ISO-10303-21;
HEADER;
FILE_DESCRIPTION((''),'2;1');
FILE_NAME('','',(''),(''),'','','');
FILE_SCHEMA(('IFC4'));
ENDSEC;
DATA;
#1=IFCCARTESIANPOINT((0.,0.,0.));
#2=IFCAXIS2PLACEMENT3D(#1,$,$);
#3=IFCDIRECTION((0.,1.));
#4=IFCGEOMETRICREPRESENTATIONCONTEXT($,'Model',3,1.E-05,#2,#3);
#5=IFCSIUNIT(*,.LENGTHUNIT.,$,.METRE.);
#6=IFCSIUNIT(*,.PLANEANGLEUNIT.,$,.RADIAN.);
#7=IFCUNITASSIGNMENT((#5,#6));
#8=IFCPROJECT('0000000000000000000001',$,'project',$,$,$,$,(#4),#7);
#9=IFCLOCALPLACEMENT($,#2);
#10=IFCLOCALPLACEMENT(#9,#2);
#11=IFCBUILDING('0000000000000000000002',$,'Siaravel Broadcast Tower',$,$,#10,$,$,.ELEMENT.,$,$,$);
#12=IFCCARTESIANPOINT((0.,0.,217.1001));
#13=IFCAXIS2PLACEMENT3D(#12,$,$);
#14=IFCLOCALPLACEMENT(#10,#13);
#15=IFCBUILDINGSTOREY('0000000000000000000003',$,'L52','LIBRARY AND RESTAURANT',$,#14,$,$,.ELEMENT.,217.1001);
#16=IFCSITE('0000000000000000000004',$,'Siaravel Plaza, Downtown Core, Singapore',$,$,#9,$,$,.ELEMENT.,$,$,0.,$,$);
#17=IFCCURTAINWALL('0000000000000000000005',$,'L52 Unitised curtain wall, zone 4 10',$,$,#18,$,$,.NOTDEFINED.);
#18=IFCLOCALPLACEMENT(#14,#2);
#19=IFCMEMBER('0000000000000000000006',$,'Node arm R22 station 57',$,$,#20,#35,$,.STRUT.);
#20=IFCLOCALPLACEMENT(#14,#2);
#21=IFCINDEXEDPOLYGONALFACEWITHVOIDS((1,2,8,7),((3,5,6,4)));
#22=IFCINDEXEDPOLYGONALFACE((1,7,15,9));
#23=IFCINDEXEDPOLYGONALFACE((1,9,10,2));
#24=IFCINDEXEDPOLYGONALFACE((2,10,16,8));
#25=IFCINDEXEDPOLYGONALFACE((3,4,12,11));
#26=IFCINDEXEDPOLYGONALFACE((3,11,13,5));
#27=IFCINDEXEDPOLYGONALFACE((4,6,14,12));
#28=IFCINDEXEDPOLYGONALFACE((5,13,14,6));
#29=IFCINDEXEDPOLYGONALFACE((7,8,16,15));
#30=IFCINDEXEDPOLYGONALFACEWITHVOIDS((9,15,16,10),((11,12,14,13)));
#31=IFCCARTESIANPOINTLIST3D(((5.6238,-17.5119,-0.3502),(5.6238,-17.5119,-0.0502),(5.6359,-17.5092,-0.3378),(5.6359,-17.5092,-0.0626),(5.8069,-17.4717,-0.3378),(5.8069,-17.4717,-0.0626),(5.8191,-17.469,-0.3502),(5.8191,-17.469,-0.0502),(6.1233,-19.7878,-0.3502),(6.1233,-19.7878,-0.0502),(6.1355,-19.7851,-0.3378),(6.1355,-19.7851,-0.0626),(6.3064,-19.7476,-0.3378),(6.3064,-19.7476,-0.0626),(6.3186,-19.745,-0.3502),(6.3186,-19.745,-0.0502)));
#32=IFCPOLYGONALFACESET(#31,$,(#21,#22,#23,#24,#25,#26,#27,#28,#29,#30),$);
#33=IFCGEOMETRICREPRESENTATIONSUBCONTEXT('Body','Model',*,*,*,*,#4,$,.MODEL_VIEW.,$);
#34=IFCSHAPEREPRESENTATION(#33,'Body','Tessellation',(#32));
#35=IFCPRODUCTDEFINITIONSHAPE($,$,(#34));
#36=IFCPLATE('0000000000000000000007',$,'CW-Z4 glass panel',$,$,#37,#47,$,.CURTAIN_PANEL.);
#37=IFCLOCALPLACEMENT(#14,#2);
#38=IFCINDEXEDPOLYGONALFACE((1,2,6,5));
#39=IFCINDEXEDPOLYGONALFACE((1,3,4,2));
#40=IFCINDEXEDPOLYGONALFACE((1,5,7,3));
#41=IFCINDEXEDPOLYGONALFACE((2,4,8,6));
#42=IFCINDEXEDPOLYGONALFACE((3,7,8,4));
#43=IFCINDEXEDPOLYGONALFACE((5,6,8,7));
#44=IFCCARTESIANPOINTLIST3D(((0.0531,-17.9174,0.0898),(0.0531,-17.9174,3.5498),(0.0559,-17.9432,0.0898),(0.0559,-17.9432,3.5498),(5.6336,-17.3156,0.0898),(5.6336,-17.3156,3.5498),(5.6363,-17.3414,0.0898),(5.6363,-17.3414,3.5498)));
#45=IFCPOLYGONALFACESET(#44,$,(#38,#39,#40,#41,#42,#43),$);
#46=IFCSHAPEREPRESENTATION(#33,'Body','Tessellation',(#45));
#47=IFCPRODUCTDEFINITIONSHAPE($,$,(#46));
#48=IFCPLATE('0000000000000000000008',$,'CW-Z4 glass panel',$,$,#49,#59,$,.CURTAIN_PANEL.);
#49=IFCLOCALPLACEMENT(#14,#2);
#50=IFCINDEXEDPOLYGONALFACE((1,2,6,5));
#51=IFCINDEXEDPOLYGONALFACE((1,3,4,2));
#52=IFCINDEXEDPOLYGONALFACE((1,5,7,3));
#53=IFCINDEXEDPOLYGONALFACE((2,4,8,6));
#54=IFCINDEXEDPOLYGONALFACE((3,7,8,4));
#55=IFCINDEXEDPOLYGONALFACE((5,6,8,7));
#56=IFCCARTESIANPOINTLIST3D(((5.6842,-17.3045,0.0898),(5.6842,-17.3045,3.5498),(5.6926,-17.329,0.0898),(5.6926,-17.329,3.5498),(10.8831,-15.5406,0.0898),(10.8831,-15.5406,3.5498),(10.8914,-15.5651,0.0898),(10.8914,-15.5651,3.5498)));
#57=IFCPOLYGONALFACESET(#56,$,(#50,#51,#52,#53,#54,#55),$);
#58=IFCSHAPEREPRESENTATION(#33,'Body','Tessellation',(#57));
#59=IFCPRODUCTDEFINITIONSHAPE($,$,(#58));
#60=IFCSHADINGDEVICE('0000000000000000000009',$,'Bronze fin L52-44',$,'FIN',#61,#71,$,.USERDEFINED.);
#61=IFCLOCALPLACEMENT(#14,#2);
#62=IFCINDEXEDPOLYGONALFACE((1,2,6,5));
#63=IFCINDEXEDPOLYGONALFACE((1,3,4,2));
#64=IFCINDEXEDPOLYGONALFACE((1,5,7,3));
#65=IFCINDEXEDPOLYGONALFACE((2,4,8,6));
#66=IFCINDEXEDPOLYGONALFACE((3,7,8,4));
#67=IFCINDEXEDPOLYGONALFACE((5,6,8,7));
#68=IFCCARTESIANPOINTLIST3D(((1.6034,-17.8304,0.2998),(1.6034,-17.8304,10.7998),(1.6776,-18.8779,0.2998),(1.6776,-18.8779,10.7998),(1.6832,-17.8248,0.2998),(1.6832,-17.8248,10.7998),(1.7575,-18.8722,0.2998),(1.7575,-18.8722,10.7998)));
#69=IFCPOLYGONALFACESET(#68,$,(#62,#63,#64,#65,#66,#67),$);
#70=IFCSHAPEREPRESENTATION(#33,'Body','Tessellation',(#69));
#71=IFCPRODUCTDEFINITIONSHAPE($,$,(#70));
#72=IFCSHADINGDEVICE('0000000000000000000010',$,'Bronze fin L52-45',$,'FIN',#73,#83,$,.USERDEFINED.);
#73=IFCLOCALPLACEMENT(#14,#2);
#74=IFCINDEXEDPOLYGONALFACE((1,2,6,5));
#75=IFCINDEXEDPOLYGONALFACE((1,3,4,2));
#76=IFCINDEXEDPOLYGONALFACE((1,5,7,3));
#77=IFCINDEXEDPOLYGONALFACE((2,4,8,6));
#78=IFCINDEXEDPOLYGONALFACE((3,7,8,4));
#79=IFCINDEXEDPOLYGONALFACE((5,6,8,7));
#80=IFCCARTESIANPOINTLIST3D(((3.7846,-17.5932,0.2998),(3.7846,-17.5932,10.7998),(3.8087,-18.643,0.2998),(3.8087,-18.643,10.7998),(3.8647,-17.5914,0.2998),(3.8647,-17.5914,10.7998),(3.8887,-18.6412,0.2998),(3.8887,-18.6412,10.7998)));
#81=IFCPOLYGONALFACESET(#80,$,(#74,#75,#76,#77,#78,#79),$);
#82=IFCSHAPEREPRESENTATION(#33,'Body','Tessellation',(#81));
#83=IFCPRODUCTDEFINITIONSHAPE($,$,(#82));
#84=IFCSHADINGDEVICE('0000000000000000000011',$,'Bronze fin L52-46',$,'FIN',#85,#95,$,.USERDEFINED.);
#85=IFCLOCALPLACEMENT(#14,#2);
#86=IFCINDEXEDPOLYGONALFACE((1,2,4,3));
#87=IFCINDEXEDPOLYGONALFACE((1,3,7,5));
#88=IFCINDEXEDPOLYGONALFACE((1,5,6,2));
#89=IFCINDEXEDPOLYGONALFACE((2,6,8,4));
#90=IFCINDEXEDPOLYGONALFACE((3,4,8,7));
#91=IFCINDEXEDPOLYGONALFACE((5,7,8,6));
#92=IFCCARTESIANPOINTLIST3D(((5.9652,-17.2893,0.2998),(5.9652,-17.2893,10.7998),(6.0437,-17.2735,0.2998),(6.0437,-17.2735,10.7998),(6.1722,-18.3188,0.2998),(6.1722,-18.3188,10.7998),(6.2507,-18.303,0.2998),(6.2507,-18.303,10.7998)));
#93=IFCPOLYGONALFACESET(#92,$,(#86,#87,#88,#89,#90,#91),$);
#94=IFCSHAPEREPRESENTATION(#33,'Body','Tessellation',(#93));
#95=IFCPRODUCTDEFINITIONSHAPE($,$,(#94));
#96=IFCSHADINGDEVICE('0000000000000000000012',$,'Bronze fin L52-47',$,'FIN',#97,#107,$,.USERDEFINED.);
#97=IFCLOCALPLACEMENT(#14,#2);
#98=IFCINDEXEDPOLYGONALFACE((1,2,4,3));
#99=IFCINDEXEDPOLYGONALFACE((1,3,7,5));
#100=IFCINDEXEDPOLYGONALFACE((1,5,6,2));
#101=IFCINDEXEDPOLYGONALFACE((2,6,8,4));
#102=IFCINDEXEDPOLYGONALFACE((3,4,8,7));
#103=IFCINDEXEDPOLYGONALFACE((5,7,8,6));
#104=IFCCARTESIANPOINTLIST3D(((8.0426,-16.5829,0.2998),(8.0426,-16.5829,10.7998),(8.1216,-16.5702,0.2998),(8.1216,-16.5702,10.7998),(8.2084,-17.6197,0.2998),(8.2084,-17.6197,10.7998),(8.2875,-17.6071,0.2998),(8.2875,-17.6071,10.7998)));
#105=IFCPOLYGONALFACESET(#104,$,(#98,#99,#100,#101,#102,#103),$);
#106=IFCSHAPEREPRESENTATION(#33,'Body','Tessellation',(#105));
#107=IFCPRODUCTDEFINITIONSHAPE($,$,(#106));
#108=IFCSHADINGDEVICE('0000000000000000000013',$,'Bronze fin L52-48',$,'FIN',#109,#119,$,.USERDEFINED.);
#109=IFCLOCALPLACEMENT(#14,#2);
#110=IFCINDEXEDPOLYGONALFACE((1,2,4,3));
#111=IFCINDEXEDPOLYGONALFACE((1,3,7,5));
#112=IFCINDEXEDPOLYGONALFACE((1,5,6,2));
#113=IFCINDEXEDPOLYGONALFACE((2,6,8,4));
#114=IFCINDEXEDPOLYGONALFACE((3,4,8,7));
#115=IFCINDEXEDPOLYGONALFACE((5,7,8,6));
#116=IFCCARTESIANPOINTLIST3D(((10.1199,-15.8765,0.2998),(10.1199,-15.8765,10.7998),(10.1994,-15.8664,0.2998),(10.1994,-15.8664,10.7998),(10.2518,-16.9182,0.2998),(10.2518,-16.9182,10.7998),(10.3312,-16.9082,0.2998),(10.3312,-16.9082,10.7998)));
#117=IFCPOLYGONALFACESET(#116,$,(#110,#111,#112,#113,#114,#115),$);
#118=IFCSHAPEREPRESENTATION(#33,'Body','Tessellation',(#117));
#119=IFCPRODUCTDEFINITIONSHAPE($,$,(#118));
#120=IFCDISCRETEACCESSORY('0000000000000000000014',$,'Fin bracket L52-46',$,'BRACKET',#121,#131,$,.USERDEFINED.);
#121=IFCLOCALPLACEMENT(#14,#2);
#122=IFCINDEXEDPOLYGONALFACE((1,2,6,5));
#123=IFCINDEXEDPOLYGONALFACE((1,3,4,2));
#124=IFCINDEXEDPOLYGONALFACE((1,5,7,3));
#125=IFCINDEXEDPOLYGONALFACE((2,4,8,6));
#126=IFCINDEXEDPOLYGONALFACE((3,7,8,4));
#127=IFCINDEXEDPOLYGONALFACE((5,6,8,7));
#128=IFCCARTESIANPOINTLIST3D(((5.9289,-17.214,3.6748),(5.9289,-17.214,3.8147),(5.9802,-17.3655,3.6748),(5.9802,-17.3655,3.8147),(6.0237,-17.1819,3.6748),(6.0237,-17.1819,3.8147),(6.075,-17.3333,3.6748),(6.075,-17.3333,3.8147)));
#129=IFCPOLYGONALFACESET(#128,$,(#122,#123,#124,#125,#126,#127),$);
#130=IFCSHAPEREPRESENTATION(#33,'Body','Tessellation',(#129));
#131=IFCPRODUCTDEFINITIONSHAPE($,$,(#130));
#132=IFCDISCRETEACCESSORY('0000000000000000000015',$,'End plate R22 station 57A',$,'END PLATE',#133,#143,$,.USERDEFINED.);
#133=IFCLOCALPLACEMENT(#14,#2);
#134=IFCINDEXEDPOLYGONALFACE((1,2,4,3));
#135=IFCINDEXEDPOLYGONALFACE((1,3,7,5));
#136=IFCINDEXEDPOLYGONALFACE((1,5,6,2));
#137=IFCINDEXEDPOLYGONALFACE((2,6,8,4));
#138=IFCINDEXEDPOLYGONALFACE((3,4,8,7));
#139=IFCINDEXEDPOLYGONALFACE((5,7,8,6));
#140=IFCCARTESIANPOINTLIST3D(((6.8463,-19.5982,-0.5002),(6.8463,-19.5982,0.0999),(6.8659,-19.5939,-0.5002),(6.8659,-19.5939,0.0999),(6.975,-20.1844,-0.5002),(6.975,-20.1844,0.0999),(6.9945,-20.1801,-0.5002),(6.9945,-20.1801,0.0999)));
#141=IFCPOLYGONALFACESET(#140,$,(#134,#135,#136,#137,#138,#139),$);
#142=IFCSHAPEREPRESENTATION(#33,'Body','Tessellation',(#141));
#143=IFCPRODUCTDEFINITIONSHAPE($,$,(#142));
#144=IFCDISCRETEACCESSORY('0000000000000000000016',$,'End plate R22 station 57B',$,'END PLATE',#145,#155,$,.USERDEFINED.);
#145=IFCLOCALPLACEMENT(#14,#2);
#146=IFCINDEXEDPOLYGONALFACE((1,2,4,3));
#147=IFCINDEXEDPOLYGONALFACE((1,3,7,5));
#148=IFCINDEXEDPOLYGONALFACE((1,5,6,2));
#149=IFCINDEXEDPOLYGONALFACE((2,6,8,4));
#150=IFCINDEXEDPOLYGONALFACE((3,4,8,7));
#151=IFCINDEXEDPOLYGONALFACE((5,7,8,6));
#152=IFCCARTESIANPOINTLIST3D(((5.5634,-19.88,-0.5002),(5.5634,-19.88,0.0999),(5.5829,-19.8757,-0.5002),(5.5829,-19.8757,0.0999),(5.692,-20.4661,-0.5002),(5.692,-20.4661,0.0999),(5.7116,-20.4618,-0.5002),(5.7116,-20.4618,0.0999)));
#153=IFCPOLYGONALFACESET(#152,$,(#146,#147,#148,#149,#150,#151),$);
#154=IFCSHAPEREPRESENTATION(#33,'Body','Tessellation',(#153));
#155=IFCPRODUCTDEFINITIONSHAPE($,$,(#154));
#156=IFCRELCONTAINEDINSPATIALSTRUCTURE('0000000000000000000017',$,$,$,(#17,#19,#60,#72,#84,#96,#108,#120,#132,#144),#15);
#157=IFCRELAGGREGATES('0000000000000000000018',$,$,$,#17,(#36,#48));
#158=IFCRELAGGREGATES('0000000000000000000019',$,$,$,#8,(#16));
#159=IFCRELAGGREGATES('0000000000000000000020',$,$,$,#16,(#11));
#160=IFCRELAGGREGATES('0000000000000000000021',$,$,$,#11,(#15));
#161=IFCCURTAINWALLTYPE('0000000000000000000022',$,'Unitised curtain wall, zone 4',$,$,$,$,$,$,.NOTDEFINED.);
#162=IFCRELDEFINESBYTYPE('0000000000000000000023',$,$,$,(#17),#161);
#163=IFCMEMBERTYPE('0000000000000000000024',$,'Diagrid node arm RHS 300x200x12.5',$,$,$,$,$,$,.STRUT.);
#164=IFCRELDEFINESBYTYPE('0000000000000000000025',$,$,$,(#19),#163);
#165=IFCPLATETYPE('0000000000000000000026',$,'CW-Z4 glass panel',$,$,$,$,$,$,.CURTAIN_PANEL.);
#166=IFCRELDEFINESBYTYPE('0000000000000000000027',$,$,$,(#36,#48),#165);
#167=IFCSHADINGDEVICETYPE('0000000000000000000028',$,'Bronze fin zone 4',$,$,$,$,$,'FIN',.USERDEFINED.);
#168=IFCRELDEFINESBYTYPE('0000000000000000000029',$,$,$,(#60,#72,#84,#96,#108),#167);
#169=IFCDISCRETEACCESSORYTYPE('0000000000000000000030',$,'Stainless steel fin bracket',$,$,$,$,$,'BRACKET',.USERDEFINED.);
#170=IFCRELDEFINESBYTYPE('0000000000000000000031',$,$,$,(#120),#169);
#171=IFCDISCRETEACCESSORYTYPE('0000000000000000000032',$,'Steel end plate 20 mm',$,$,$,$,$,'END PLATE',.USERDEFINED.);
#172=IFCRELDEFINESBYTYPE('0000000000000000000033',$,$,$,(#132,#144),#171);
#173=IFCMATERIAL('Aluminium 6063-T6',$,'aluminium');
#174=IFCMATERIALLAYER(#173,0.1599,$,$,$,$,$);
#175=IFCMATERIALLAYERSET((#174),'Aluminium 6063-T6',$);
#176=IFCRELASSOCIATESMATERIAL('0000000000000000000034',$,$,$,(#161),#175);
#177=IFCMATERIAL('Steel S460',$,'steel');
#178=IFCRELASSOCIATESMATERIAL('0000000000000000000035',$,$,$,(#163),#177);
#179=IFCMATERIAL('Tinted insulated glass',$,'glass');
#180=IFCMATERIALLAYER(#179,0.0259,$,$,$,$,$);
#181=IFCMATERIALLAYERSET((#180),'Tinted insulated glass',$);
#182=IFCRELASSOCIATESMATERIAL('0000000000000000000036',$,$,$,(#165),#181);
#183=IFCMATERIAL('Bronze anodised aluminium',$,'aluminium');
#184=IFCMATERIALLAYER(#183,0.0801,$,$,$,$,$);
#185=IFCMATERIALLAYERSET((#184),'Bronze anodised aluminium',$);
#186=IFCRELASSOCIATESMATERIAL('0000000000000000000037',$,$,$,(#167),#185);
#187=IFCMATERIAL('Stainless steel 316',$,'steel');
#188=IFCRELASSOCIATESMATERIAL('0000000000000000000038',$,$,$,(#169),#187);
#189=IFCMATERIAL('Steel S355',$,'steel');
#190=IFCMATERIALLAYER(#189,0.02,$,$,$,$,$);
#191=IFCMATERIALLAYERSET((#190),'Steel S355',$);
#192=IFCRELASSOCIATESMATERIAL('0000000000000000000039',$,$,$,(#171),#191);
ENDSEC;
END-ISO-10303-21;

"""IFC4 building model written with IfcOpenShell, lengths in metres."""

from ifc_helpers import new_model, si_unit, direction, frame, origin, origin_2d, place, context, subcontext, project, spatial, rectangle, hollow_rectangle, extrude, material, layer, layer_set, material_profile, profile_set, type_object, element, aggregate, save


model = new_model("IFC4")

# Units and contexts
model_context = context("Model", 3, precision=1e-05, world=origin(), true_north=direction((0.0, 1.0)))
body_context = subcontext(model_context, "Body", "Model", "MODEL_VIEW")
ifc_project = project(units=[si_unit("LENGTHUNIT", "METRE"), si_unit("PLANEANGLEUNIT", "RADIAN")], contexts=[model_context])

# Site, building, storey
site_placement = place(None, origin())
site = spatial("IfcSite", under=ifc_project, at=site_placement, Name="Siaravel Plaza, Downtown Core, Singapore", CompositionType="ELEMENT", RefElevation=0.0)
building_placement = place(site_placement, origin())
building = spatial("IfcBuilding", under=site, at=building_placement, Name="Siaravel Broadcast Tower", CompositionType="ELEMENT")
storey_placement = place(building_placement, frame((0.0, 0.0, 217.1001)))
storey = spatial("IfcBuildingStorey", under=building, at=storey_placement, Name="L52", Description="LIBRARY AND RESTAURANT", CompositionType="ELEMENT", Elevation=217.1001)

# Shared definitions
ifc_material_1 = material(Name="Steel S355", Category="steel")

# Curtain wall
ifc_material_2 = material(Name="Aluminium 6063-T6", Category="aluminium")
ifc_layer_1 = layer(ifc_material_2, 0.1599)
ifc_layer_set_1 = layer_set([ifc_layer_1], Name="Aluminium 6063-T6")
curtain_wall_type = type_object("IfcCurtainWallType", Name="Unitised curtain wall, zone 4", PredefinedType="NOTDEFINED", material=ifc_layer_set_1)
curtain_wall_1_placement = place(storey_placement, origin())
curtain_wall_1 = element("IfcCurtainWall", 1, at=curtain_wall_1_placement, inside=storey, type_object=curtain_wall_type, Name="L52 Unitised curtain wall, zone 4 10", PredefinedType="NOTDEFINED")

# Member
ifc_material_3 = material(Name="Steel S460", Category="steel")
ifc_material_profile_1 = material_profile(ifc_material_3, hollow_rectangle(XDim=0.2, YDim=0.3, WallThickness=0.0125, at=origin_2d()))
ifc_profile_set_1 = profile_set([ifc_material_profile_1], Name="Steel S460")
member_type_1 = type_object("IfcMemberType", Name="Diagrid node arm RHS 300x200x12.5", PredefinedType="STRUT", material=ifc_profile_set_1)
member_1_placement = place(storey_placement, frame((5.7214, -17.4905, -0.2002), z_axis=(0.214378, -0.976751, 0.0), x_axis=(0.976751, 0.214378, 0.0)))
element("IfcMember", 2, at=member_1_placement, inside=storey, type_object=member_type_1, Name="Node arm R22 station 57", PredefinedType="STRUT", context=body_context, shape_type="SweptSolid", body=[
    extrude(hollow_rectangle(XDim=0.2, YDim=0.3, WallThickness=0.0125, at=origin_2d()), origin(), (0.0, 0.0, 1.0), 2.3301),
])

# Plates
ifc_material_4 = material(Name="Tinted insulated glass", Category="glass")
ifc_layer_2 = layer(ifc_material_4, 0.0259)
ifc_layer_set_2 = layer_set([ifc_layer_2], Name="Tinted insulated glass")
plate_type = type_object("IfcPlateType", Name="CW-Z4 glass panel", PredefinedType="CURTAIN_PANEL", material=ifc_layer_set_2)
plate_1_placement = place(storey_placement, frame((2.8447, -17.6294, 0.0898), z_axis=(0.0, 0.0, 1.0), x_axis=(0.994236, 0.107218, 0.0)))
plate_1 = element("IfcPlate", 3, at=plate_1_placement, type_object=plate_type, Name="CW-Z4 glass panel", PredefinedType="CURTAIN_PANEL", context=body_context, shape_type="SweptSolid", body=[
    extrude(rectangle(XDim=5.6128, YDim=0.0259, at=origin_2d()), origin(), (0.0, 0.0, 1.0), 3.46),
])
plate_2_placement = place(storey_placement, frame((8.2878, -16.4348, 0.0898), z_axis=(0.0, 0.0, 1.0), x_axis=(0.946977, 0.321301, 0.0)))
plate_2 = element("IfcPlate", 4, at=plate_2_placement, type_object=plate_type, Name="CW-Z4 glass panel", PredefinedType="CURTAIN_PANEL", context=body_context, shape_type="SweptSolid", body=[
    extrude(rectangle(XDim=5.49, YDim=0.0259, at=origin_2d()), origin(), (0.0, 0.0, 1.0), 3.46),
])
aggregate(curtain_wall_1, [plate_1, plate_2])

# Shading devices
ifc_material_5 = material(Name="Bronze anodised aluminium", Category="aluminium")
ifc_layer_3 = layer(ifc_material_5, 0.0801)
ifc_layer_set_3 = layer_set([ifc_layer_3], Name="Bronze anodised aluminium")
shading_device_type = type_object("IfcShadingDeviceType", Name="Bronze fin zone 4", ElementType="FIN", PredefinedType="USERDEFINED", material=ifc_layer_set_3)
for number, where, z_axis, x_axis, name in (
    (5, (1.6804, -18.3513, 0.2998), (0.0, 0.0, 1.0), (0.0707, -0.997498, 0.0), "Bronze fin L52-44"),
    (6, (3.8367, -18.1172, 0.2998), (0.0, 0.0, 1.0), (0.022918, -0.999737, 0.0), "Bronze fin L52-45"),
    (7, (6.1079, -17.7961, 0.2998), (0.0, 0.0, 1.0), (0.19713, -0.980377, 0.0), "Bronze fin L52-46"),
    (8, (8.165, -17.095, 0.2998), (0.0, 0.0, 1.0), (0.15797, -0.987444, 0.0), "Bronze fin L52-47"),
    (9, (10.2256, -16.3923, 0.2998), (0.0, 0.0, 1.0), (0.125569, -0.992085, 0.0), "Bronze fin L52-48"),
):
    element("IfcShadingDevice", number, at=place(storey_placement, frame(where, z_axis=z_axis, x_axis=x_axis)), inside=storey, type_object=shading_device_type, Name=name, ObjectType="FIN", PredefinedType="USERDEFINED", context=body_context, shape_type="SweptSolid", body=[
        extrude(rectangle(XDim=1.05, YDim=0.0801, at=origin_2d()), origin(), (0.0, 0.0, 1.0), 10.5),
    ])

# Discrete accessories
ifc_material_6 = material(Name="Stainless steel 316", Category="steel")
discrete_accessory_type_1 = type_object("IfcDiscreteAccessoryType", Name="Stainless steel fin bracket", ElementType="BRACKET", PredefinedType="USERDEFINED", material=ifc_material_6)
discrete_accessory_placement = place(storey_placement, frame((6.002, -17.2737, 3.6748), z_axis=(0.0, 0.0, 1.0), x_axis=(0.321301, -0.946977, 0.0)))
element("IfcDiscreteAccessory", 10, at=discrete_accessory_placement, inside=storey, type_object=discrete_accessory_type_1, Name="Fin bracket L52-46", ObjectType="BRACKET", PredefinedType="USERDEFINED", context=body_context, shape_type="SweptSolid", body=[
    extrude(rectangle(XDim=0.1599, YDim=0.1001, at=origin_2d()), origin(), (0.0, 0.0, 1.0), 0.1399),
])
ifc_layer_4 = layer(ifc_material_1, 0.02)
ifc_layer_set_4 = layer_set([ifc_layer_4], Name="Steel S355")
discrete_accessory_type_2 = type_object("IfcDiscreteAccessoryType", Name="Steel end plate 20 mm", ElementType="END PLATE", PredefinedType="USERDEFINED", material=ifc_layer_set_4)
for number, where, z_axis, x_axis, name in (
    (11, (6.9204, -19.8892, -0.5002), (0.0, 0.0, 1.0), (0.976751, 0.214377, 0.0), "End plate R22 station 57A"),
    (12, (5.6375, -20.1709, -0.5002), (0.0, 0.0, 1.0), (0.976751, 0.214377, 0.0), "End plate R22 station 57B"),
):
    element("IfcDiscreteAccessory", number, at=place(storey_placement, frame(where, z_axis=z_axis, x_axis=x_axis)), inside=storey, type_object=discrete_accessory_type_2, Name=name, ObjectType="END PLATE", PredefinedType="USERDEFINED", context=body_context, shape_type="SweptSolid", body=[
        extrude(rectangle(XDim=0.02, YDim=0.6001, at=origin_2d()), origin(), (0.0, 0.0, 1.0), 0.6001),
    ])

save(model, "model.ifc")
